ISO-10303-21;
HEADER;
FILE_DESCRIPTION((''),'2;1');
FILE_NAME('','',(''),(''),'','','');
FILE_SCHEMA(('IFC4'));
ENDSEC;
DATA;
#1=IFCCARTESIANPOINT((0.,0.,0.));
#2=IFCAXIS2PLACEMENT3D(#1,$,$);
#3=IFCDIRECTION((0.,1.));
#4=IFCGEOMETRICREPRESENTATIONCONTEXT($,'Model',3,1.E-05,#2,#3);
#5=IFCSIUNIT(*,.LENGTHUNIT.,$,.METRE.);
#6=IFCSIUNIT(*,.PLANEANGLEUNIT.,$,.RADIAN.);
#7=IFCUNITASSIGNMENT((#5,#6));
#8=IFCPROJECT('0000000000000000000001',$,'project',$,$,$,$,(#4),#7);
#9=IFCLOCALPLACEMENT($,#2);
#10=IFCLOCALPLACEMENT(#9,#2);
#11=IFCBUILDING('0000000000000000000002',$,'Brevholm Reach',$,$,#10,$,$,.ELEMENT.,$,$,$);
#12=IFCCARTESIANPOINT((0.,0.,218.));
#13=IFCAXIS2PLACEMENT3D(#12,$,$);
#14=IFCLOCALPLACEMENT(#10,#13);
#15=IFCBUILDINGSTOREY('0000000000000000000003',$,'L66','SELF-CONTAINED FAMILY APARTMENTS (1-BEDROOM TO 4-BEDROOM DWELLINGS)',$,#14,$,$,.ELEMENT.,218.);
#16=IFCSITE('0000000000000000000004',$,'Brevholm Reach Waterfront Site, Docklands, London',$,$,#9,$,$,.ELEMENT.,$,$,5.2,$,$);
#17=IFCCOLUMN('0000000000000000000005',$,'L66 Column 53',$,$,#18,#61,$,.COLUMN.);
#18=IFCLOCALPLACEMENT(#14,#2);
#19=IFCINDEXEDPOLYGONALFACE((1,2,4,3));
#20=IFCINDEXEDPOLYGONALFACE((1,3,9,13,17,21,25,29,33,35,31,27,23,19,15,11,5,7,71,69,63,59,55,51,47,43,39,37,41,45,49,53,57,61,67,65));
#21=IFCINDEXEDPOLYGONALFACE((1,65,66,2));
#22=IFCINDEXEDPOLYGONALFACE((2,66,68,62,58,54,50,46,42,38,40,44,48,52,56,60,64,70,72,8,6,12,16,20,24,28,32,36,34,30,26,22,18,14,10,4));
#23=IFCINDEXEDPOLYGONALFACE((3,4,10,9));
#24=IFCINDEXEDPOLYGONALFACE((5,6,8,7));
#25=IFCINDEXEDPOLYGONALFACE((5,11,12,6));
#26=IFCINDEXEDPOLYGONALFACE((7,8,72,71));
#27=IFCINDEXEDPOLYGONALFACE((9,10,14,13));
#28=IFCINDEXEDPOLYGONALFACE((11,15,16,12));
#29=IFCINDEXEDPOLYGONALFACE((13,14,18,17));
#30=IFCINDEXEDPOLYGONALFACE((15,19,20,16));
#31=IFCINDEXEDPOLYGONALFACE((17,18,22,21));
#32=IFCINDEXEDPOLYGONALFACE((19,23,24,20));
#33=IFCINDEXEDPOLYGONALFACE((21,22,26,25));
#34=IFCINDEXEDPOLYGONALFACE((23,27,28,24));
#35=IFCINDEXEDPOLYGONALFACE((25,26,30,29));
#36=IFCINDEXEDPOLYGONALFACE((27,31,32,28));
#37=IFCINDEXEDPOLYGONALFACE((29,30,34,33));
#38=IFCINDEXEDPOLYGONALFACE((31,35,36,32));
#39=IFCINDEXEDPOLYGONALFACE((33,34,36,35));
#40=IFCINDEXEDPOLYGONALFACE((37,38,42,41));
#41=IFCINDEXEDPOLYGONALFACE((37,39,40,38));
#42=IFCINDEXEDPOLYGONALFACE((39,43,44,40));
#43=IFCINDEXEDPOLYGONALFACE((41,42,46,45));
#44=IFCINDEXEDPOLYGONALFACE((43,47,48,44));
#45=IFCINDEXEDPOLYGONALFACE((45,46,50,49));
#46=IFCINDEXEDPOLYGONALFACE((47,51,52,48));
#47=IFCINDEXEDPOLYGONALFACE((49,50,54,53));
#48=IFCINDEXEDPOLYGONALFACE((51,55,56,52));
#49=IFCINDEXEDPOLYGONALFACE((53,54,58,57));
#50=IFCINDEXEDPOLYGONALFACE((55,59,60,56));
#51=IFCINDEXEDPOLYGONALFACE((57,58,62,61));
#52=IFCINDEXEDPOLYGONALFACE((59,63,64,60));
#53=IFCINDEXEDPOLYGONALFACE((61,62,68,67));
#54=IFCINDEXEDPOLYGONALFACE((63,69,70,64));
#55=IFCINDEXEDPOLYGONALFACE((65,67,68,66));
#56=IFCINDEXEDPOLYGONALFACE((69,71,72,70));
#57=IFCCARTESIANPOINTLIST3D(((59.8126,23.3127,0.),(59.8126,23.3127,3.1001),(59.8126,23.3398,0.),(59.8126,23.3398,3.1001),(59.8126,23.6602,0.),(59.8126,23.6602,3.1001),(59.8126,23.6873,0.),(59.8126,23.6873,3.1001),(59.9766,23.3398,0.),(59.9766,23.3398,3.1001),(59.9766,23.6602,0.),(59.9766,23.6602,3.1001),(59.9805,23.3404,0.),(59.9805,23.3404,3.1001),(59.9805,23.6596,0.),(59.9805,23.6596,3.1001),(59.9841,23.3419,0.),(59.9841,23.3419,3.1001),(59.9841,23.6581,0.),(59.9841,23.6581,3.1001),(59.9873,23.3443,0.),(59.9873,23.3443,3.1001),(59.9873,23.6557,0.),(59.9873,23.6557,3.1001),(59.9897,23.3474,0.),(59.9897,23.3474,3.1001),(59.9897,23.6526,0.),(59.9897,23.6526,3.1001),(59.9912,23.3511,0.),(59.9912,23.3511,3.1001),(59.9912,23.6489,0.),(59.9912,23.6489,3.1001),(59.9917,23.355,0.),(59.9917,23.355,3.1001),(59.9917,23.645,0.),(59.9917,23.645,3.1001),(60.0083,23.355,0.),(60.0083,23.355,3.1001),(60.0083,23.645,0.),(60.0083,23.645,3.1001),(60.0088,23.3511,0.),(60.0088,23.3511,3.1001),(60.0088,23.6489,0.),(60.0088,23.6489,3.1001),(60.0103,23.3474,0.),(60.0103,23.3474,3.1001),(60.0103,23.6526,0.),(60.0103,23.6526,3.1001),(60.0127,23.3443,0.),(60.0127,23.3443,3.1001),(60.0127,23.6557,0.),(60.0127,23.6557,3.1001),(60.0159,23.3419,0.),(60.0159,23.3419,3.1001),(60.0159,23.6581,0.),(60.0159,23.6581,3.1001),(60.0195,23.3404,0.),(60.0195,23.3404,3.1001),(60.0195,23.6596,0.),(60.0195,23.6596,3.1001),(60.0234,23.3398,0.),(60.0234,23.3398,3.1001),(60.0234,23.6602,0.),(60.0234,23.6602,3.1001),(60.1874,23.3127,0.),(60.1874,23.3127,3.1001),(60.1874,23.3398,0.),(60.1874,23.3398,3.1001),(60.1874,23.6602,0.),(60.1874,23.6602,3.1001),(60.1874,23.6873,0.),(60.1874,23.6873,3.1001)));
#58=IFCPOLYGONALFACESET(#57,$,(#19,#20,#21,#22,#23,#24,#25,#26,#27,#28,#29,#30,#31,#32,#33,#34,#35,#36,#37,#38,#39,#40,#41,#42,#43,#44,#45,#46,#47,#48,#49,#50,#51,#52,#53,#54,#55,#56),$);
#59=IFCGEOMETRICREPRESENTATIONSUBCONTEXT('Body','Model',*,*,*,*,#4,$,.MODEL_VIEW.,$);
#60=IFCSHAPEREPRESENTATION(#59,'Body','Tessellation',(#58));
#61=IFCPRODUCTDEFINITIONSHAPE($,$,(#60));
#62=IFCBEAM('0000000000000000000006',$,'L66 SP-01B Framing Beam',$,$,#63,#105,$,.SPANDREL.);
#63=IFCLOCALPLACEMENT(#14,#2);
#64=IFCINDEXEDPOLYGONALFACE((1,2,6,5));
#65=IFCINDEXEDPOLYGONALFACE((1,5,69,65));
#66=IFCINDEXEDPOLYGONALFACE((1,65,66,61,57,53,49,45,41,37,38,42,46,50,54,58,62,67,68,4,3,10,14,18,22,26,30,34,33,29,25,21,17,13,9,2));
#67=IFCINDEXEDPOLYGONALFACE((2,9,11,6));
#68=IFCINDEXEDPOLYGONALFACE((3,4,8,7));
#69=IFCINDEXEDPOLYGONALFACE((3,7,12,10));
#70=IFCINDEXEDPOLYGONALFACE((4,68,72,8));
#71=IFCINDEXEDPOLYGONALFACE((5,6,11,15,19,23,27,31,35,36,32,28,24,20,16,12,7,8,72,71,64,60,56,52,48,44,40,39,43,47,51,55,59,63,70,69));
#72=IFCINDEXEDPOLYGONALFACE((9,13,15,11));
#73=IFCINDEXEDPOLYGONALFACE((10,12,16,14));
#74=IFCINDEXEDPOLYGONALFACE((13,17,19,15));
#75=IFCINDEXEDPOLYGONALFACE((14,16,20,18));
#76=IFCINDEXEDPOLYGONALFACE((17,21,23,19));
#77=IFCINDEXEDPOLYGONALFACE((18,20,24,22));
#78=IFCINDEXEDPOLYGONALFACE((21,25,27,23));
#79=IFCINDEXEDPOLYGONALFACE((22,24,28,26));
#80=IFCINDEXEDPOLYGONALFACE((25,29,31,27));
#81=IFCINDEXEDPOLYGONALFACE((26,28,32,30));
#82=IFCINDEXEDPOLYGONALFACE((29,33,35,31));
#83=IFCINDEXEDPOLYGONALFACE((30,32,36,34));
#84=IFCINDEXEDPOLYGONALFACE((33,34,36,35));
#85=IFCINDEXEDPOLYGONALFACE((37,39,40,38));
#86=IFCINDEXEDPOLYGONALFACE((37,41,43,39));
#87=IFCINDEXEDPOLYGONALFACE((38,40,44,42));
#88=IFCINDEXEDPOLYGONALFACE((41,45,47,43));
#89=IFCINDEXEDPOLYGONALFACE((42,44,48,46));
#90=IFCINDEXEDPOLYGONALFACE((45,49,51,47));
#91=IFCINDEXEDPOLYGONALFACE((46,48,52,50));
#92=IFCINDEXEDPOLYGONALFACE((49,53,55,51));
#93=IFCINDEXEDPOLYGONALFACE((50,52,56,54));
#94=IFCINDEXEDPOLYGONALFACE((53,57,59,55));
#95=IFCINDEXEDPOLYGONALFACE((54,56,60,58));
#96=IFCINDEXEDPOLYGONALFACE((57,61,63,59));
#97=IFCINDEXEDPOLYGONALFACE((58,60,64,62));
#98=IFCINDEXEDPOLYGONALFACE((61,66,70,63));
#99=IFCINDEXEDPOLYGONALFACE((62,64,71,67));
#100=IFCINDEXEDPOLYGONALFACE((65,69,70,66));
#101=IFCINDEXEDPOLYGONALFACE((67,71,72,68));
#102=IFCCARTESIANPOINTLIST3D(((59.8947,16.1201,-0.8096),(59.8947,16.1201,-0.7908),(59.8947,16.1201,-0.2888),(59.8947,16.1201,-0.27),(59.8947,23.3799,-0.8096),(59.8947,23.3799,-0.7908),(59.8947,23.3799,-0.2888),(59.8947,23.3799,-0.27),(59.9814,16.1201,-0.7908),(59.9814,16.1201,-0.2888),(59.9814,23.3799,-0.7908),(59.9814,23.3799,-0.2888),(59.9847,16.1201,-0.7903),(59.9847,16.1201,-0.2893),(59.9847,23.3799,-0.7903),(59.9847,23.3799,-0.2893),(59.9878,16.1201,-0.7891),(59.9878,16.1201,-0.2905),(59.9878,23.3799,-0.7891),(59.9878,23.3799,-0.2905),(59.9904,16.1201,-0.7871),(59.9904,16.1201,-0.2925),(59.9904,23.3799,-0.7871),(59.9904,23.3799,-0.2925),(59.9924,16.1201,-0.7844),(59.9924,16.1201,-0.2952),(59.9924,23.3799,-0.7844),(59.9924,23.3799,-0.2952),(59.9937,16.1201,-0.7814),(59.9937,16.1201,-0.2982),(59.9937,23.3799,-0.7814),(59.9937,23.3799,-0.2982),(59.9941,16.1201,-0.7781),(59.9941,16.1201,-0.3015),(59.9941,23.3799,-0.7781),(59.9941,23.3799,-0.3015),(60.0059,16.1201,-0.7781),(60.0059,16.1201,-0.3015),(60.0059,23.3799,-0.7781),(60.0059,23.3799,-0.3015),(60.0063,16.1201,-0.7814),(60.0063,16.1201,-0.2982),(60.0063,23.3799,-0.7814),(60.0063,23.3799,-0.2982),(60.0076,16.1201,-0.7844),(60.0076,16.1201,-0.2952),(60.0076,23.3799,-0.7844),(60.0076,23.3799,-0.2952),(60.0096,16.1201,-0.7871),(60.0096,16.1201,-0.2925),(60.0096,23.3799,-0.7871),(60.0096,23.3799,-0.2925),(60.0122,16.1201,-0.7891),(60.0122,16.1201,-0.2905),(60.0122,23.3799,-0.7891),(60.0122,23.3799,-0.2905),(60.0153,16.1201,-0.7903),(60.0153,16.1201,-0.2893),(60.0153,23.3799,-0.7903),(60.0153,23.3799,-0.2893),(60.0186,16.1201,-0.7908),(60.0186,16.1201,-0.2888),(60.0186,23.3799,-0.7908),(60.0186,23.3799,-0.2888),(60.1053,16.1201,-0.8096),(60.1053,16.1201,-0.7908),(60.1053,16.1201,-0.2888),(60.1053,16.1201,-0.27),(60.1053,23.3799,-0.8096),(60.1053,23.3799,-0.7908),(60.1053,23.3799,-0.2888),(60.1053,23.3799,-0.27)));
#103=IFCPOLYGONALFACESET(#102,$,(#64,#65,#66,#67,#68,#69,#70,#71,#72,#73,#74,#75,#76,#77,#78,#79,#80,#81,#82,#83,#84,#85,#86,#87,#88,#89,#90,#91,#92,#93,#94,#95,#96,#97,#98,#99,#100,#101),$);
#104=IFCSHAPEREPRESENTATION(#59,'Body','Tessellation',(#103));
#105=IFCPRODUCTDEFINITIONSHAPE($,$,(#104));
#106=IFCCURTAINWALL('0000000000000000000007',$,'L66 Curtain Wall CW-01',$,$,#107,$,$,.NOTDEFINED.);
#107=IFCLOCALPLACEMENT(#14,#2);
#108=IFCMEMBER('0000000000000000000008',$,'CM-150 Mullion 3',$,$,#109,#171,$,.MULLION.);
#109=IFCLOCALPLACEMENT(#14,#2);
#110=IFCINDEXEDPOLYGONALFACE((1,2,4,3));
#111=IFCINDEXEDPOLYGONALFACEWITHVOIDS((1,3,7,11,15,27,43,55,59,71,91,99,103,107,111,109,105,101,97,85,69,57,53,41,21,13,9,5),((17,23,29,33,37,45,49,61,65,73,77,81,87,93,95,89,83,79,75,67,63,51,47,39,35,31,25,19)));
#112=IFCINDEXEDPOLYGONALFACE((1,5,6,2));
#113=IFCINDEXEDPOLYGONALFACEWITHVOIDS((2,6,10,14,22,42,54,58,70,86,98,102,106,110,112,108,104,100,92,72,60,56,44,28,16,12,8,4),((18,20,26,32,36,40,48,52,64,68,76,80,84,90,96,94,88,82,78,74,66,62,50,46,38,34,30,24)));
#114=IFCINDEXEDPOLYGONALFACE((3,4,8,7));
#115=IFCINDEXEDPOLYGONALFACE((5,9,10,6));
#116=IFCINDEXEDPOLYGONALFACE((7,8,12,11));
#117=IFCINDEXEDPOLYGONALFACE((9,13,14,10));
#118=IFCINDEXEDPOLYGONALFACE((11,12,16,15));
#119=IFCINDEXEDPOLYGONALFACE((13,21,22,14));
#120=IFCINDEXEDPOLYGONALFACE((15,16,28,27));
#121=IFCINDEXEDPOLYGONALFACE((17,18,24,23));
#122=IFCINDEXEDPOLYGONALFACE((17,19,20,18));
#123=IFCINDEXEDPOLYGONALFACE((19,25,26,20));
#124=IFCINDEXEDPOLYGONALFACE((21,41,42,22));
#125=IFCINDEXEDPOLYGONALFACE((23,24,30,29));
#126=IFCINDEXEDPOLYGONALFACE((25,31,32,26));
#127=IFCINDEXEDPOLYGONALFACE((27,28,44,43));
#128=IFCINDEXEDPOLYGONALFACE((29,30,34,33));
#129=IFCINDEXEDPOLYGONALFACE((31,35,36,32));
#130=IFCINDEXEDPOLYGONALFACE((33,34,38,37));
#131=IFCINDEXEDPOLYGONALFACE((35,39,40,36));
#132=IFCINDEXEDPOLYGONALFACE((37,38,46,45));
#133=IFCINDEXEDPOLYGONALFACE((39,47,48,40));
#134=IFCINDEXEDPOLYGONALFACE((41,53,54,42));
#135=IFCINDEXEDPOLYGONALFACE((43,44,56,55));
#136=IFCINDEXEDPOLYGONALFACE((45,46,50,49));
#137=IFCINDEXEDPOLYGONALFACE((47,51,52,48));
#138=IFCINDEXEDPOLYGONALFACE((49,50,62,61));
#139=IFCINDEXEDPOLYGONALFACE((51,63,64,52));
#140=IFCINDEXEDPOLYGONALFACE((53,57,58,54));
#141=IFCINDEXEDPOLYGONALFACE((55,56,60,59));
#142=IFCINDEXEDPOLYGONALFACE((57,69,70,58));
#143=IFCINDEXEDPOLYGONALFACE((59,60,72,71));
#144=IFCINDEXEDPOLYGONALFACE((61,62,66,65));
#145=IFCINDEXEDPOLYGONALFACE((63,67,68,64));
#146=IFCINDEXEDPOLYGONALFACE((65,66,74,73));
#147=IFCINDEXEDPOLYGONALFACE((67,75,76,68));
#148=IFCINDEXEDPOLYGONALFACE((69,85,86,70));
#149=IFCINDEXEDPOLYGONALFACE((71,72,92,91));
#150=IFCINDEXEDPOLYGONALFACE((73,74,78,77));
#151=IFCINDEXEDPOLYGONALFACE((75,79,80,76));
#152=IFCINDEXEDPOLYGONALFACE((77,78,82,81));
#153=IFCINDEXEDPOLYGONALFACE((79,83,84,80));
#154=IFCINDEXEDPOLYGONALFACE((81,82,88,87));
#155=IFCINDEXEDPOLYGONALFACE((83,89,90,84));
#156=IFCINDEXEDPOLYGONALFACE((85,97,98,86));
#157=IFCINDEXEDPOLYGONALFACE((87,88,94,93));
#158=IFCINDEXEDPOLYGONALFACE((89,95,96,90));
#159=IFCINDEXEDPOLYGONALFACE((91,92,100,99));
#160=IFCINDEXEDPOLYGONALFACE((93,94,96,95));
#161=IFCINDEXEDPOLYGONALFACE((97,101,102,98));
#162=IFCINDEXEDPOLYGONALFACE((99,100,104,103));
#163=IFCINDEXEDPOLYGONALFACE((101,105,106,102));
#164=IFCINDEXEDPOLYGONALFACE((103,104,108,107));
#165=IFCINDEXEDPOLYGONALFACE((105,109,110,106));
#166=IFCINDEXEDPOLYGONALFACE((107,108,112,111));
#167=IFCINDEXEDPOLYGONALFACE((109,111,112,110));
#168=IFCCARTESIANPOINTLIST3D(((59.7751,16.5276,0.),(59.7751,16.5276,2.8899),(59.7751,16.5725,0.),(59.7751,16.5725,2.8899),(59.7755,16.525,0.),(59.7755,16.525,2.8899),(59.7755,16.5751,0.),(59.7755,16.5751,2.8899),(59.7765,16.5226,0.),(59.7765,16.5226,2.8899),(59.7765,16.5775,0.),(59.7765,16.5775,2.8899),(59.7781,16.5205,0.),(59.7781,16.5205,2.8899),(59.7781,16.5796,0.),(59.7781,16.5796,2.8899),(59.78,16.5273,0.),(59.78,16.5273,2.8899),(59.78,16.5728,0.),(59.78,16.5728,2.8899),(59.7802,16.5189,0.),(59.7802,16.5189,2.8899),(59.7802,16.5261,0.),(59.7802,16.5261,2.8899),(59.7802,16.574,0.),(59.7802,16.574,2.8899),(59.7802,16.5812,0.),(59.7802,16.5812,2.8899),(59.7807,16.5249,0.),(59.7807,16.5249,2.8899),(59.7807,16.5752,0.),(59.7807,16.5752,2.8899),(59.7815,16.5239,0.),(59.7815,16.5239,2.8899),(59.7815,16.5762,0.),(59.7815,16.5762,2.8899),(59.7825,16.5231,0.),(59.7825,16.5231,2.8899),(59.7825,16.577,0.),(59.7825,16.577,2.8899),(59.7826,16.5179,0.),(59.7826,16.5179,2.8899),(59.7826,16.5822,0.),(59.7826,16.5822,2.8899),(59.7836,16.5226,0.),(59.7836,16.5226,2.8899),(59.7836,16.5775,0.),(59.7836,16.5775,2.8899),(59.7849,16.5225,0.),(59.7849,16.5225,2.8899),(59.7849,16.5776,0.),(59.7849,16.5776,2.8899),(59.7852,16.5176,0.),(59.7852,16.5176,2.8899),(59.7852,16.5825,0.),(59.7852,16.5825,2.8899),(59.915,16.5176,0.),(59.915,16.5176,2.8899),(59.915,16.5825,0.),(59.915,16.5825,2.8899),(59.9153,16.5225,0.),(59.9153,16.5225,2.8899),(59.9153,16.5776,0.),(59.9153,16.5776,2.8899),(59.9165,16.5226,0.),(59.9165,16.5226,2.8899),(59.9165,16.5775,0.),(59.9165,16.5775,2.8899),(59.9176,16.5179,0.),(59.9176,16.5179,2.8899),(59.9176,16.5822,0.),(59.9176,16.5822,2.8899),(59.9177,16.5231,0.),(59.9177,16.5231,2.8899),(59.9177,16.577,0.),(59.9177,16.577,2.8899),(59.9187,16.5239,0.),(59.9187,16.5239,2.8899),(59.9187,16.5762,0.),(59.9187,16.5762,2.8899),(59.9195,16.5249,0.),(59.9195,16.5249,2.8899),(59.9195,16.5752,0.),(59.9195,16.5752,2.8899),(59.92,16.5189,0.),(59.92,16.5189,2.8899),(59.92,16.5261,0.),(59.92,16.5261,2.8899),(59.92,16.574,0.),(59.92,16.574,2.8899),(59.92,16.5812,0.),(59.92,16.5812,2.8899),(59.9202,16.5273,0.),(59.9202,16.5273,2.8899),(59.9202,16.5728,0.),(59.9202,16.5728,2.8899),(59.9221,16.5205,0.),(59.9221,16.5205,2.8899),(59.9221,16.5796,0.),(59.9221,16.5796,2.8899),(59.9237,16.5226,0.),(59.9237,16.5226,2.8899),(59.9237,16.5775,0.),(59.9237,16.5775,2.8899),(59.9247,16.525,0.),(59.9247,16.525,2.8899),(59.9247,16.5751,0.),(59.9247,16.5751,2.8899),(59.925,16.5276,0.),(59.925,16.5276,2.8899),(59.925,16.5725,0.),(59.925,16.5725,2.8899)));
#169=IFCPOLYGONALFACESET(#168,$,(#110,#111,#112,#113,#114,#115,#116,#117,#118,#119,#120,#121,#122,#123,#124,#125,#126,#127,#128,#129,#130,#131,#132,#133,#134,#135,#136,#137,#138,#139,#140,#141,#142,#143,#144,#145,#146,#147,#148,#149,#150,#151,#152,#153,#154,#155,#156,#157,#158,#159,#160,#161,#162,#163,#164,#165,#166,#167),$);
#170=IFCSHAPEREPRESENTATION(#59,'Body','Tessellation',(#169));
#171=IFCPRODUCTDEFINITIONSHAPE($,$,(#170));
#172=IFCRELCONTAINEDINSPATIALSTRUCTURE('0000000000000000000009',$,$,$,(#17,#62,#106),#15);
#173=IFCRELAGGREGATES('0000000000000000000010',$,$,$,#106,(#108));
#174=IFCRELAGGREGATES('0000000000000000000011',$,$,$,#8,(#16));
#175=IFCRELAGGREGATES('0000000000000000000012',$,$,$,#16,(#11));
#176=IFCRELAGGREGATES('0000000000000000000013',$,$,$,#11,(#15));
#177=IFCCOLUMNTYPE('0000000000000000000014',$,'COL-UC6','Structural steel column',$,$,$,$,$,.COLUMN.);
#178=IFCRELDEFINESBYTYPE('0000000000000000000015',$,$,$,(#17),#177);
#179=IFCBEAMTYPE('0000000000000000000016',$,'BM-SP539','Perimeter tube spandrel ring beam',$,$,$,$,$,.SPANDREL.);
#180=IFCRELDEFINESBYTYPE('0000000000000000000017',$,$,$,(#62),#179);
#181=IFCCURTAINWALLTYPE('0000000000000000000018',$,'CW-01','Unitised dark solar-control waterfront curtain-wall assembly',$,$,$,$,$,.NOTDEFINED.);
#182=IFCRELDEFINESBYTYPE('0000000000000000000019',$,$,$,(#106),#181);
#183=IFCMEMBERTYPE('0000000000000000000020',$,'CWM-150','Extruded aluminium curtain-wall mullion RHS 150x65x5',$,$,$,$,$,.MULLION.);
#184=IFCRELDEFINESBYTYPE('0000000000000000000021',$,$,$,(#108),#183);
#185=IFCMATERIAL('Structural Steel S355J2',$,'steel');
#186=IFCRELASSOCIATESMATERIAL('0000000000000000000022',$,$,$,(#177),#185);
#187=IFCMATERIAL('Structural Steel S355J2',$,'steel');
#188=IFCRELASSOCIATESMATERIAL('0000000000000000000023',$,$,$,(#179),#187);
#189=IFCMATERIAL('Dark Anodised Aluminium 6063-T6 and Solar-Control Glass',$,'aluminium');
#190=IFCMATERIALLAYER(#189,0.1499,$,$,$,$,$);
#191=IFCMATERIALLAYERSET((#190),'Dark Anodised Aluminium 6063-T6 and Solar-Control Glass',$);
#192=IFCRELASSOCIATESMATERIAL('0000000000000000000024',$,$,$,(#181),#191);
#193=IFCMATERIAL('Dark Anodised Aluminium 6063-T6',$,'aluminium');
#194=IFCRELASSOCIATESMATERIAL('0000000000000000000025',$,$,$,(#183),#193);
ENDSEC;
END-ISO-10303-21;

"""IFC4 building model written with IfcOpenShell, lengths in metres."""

from ifc_helpers import new_model, si_unit, direction, frame, origin, origin_2d, place, context, subcontext, project, spatial, hollow_rectangle, i_section, extrude, material, layer, layer_set, material_profile, profile_set, type_object, element, aggregate, save


model = new_model("IFC4")

# Units and contexts
model_context = context("Model", 3, precision=1e-05, world=origin(), true_north=direction((0.0, 1.0)))
body_context = subcontext(model_context, "Body", "Model", "MODEL_VIEW")
ifc_project = project(units=[si_unit("LENGTHUNIT", "METRE"), si_unit("PLANEANGLEUNIT", "RADIAN")], contexts=[model_context])

# Site, building, storey
site_placement = place(None, origin())
site = spatial("IfcSite", under=ifc_project, at=site_placement, Name="Brevholm Reach Waterfront Site, Docklands, London", CompositionType="ELEMENT", RefElevation=5.2)
building_placement = place(site_placement, origin())
building = spatial("IfcBuilding", under=site, at=building_placement, Name="Brevholm Reach", CompositionType="ELEMENT")
storey_placement = place(building_placement, frame((0.0, 0.0, 218.0)))
storey = spatial("IfcBuildingStorey", under=building, at=storey_placement, Name="L66", Description="SELF-CONTAINED FAMILY APARTMENTS (1-BEDROOM TO 4-BEDROOM DWELLINGS)", CompositionType="ELEMENT", Elevation=218.0)

# Column
ifc_material_1 = material(Name="Structural Steel S355J2", Category="steel")
ifc_material_profile_1 = material_profile(ifc_material_1, i_section(OverallWidth=0.3748, OverallDepth=0.3745, WebThickness=0.0166, FlangeThickness=0.0271, FilletRadius=0.0151, at=origin_2d()), Name="UKC 356x368x202")
ifc_profile_set_1 = profile_set([ifc_material_profile_1], Name="Structural Steel S355J2")
column_type = type_object("IfcColumnType", Name="COL-UC6", Description="Structural steel column", PredefinedType="COLUMN", material=ifc_profile_set_1)
column_placement = place(storey_placement, frame((60.0, 23.5, 0.0), z_axis=(0.0, 0.0, 1.0), x_axis=(1.0, 0.0, 0.0)))
element("IfcColumn", 1, at=column_placement, inside=storey, type_object=column_type, Name="L66 Column 53", PredefinedType="COLUMN", context=body_context, shape_type="SweptSolid", body=[
    extrude(i_section(OverallWidth=0.3748, OverallDepth=0.3745, WebThickness=0.0166, FlangeThickness=0.0271, FilletRadius=0.0151, at=origin_2d()), origin(), (0.0, 0.0, 1.0), 3.1001),
])

# Beam
ifc_material_2 = material(Name="Structural Steel S355J2", Category="steel")
ifc_material_profile_2 = material_profile(ifc_material_2, i_section(OverallWidth=0.2107, OverallDepth=0.5396, WebThickness=0.0117, FlangeThickness=0.0188, FilletRadius=0.0127, at=origin_2d()), Name="UKB 533x210x109")
ifc_profile_set_2 = profile_set([ifc_material_profile_2], Name="Structural Steel S355J2")
beam_type = type_object("IfcBeamType", Name="BM-SP539", Description="Perimeter tube spandrel ring beam", PredefinedType="SPANDREL", material=ifc_profile_set_2)
beam_placement = place(storey_placement, frame((60.0, 16.1201, -0.5398), z_axis=(0.0, 1.0, 0.0), x_axis=(-1.0, 0.0, 0.0)))
element("IfcBeam", 2, at=beam_placement, inside=storey, type_object=beam_type, Name="L66 SP-01B Framing Beam", PredefinedType="SPANDREL", context=body_context, shape_type="SweptSolid", body=[
    extrude(i_section(OverallWidth=0.2107, OverallDepth=0.5396, WebThickness=0.0117, FlangeThickness=0.0188, FilletRadius=0.0127, at=origin_2d()), origin(), (0.0, 0.0, 1.0), 7.2598),
])

# Curtain wall, member
ifc_material_3 = material(Name="Dark Anodised Aluminium 6063-T6 and Solar-Control Glass", Category="aluminium")
ifc_layer_1 = layer(ifc_material_3, 0.1499)
ifc_layer_set_1 = layer_set([ifc_layer_1], Name="Dark Anodised Aluminium 6063-T6 and Solar-Control Glass")
curtain_wall_type = type_object("IfcCurtainWallType", Name="CW-01", Description="Unitised dark solar-control waterfront curtain-wall assembly", PredefinedType="NOTDEFINED", material=ifc_layer_set_1)
curtain_wall_placement = place(storey_placement, origin())
curtain_wall = element("IfcCurtainWall", 3, at=curtain_wall_placement, inside=storey, type_object=curtain_wall_type, Name="L66 Curtain Wall CW-01", PredefinedType="NOTDEFINED")
ifc_material_4 = material(Name="Dark Anodised Aluminium 6063-T6", Category="aluminium")
ifc_material_profile_3 = material_profile(ifc_material_4, hollow_rectangle(XDim=0.0649, YDim=0.1499, WallThickness=0.0049, InnerFilletRadius=0.0049, OuterFilletRadius=0.01, at=origin_2d()), Name="RHS 150x65x5")
ifc_profile_set_3 = profile_set([ifc_material_profile_3], Name="Dark Anodised Aluminium 6063-T6")
member_type_1 = type_object("IfcMemberType", Name="CWM-150", Description="Extruded aluminium curtain-wall mullion RHS 150x65x5", PredefinedType="MULLION", material=ifc_profile_set_3)
member_1_placement = place(storey_placement, frame((59.8501, 16.55, 0.0), z_axis=(0.0, 0.0, 1.0), x_axis=(0.0, 1.0, 0.0)))
member_1 = element("IfcMember", 4, at=member_1_placement, type_object=member_type_1, Name="CM-150 Mullion 3", PredefinedType="MULLION", context=body_context, shape_type="SweptSolid", body=[
    extrude(hollow_rectangle(XDim=0.0649, YDim=0.1499, WallThickness=0.0049, InnerFilletRadius=0.0049, OuterFilletRadius=0.01, at=origin_2d()), origin(), (0.0, 0.0, 1.0), 2.8899),
])
aggregate(curtain_wall, [member_1])

save(model, "model.ifc")
